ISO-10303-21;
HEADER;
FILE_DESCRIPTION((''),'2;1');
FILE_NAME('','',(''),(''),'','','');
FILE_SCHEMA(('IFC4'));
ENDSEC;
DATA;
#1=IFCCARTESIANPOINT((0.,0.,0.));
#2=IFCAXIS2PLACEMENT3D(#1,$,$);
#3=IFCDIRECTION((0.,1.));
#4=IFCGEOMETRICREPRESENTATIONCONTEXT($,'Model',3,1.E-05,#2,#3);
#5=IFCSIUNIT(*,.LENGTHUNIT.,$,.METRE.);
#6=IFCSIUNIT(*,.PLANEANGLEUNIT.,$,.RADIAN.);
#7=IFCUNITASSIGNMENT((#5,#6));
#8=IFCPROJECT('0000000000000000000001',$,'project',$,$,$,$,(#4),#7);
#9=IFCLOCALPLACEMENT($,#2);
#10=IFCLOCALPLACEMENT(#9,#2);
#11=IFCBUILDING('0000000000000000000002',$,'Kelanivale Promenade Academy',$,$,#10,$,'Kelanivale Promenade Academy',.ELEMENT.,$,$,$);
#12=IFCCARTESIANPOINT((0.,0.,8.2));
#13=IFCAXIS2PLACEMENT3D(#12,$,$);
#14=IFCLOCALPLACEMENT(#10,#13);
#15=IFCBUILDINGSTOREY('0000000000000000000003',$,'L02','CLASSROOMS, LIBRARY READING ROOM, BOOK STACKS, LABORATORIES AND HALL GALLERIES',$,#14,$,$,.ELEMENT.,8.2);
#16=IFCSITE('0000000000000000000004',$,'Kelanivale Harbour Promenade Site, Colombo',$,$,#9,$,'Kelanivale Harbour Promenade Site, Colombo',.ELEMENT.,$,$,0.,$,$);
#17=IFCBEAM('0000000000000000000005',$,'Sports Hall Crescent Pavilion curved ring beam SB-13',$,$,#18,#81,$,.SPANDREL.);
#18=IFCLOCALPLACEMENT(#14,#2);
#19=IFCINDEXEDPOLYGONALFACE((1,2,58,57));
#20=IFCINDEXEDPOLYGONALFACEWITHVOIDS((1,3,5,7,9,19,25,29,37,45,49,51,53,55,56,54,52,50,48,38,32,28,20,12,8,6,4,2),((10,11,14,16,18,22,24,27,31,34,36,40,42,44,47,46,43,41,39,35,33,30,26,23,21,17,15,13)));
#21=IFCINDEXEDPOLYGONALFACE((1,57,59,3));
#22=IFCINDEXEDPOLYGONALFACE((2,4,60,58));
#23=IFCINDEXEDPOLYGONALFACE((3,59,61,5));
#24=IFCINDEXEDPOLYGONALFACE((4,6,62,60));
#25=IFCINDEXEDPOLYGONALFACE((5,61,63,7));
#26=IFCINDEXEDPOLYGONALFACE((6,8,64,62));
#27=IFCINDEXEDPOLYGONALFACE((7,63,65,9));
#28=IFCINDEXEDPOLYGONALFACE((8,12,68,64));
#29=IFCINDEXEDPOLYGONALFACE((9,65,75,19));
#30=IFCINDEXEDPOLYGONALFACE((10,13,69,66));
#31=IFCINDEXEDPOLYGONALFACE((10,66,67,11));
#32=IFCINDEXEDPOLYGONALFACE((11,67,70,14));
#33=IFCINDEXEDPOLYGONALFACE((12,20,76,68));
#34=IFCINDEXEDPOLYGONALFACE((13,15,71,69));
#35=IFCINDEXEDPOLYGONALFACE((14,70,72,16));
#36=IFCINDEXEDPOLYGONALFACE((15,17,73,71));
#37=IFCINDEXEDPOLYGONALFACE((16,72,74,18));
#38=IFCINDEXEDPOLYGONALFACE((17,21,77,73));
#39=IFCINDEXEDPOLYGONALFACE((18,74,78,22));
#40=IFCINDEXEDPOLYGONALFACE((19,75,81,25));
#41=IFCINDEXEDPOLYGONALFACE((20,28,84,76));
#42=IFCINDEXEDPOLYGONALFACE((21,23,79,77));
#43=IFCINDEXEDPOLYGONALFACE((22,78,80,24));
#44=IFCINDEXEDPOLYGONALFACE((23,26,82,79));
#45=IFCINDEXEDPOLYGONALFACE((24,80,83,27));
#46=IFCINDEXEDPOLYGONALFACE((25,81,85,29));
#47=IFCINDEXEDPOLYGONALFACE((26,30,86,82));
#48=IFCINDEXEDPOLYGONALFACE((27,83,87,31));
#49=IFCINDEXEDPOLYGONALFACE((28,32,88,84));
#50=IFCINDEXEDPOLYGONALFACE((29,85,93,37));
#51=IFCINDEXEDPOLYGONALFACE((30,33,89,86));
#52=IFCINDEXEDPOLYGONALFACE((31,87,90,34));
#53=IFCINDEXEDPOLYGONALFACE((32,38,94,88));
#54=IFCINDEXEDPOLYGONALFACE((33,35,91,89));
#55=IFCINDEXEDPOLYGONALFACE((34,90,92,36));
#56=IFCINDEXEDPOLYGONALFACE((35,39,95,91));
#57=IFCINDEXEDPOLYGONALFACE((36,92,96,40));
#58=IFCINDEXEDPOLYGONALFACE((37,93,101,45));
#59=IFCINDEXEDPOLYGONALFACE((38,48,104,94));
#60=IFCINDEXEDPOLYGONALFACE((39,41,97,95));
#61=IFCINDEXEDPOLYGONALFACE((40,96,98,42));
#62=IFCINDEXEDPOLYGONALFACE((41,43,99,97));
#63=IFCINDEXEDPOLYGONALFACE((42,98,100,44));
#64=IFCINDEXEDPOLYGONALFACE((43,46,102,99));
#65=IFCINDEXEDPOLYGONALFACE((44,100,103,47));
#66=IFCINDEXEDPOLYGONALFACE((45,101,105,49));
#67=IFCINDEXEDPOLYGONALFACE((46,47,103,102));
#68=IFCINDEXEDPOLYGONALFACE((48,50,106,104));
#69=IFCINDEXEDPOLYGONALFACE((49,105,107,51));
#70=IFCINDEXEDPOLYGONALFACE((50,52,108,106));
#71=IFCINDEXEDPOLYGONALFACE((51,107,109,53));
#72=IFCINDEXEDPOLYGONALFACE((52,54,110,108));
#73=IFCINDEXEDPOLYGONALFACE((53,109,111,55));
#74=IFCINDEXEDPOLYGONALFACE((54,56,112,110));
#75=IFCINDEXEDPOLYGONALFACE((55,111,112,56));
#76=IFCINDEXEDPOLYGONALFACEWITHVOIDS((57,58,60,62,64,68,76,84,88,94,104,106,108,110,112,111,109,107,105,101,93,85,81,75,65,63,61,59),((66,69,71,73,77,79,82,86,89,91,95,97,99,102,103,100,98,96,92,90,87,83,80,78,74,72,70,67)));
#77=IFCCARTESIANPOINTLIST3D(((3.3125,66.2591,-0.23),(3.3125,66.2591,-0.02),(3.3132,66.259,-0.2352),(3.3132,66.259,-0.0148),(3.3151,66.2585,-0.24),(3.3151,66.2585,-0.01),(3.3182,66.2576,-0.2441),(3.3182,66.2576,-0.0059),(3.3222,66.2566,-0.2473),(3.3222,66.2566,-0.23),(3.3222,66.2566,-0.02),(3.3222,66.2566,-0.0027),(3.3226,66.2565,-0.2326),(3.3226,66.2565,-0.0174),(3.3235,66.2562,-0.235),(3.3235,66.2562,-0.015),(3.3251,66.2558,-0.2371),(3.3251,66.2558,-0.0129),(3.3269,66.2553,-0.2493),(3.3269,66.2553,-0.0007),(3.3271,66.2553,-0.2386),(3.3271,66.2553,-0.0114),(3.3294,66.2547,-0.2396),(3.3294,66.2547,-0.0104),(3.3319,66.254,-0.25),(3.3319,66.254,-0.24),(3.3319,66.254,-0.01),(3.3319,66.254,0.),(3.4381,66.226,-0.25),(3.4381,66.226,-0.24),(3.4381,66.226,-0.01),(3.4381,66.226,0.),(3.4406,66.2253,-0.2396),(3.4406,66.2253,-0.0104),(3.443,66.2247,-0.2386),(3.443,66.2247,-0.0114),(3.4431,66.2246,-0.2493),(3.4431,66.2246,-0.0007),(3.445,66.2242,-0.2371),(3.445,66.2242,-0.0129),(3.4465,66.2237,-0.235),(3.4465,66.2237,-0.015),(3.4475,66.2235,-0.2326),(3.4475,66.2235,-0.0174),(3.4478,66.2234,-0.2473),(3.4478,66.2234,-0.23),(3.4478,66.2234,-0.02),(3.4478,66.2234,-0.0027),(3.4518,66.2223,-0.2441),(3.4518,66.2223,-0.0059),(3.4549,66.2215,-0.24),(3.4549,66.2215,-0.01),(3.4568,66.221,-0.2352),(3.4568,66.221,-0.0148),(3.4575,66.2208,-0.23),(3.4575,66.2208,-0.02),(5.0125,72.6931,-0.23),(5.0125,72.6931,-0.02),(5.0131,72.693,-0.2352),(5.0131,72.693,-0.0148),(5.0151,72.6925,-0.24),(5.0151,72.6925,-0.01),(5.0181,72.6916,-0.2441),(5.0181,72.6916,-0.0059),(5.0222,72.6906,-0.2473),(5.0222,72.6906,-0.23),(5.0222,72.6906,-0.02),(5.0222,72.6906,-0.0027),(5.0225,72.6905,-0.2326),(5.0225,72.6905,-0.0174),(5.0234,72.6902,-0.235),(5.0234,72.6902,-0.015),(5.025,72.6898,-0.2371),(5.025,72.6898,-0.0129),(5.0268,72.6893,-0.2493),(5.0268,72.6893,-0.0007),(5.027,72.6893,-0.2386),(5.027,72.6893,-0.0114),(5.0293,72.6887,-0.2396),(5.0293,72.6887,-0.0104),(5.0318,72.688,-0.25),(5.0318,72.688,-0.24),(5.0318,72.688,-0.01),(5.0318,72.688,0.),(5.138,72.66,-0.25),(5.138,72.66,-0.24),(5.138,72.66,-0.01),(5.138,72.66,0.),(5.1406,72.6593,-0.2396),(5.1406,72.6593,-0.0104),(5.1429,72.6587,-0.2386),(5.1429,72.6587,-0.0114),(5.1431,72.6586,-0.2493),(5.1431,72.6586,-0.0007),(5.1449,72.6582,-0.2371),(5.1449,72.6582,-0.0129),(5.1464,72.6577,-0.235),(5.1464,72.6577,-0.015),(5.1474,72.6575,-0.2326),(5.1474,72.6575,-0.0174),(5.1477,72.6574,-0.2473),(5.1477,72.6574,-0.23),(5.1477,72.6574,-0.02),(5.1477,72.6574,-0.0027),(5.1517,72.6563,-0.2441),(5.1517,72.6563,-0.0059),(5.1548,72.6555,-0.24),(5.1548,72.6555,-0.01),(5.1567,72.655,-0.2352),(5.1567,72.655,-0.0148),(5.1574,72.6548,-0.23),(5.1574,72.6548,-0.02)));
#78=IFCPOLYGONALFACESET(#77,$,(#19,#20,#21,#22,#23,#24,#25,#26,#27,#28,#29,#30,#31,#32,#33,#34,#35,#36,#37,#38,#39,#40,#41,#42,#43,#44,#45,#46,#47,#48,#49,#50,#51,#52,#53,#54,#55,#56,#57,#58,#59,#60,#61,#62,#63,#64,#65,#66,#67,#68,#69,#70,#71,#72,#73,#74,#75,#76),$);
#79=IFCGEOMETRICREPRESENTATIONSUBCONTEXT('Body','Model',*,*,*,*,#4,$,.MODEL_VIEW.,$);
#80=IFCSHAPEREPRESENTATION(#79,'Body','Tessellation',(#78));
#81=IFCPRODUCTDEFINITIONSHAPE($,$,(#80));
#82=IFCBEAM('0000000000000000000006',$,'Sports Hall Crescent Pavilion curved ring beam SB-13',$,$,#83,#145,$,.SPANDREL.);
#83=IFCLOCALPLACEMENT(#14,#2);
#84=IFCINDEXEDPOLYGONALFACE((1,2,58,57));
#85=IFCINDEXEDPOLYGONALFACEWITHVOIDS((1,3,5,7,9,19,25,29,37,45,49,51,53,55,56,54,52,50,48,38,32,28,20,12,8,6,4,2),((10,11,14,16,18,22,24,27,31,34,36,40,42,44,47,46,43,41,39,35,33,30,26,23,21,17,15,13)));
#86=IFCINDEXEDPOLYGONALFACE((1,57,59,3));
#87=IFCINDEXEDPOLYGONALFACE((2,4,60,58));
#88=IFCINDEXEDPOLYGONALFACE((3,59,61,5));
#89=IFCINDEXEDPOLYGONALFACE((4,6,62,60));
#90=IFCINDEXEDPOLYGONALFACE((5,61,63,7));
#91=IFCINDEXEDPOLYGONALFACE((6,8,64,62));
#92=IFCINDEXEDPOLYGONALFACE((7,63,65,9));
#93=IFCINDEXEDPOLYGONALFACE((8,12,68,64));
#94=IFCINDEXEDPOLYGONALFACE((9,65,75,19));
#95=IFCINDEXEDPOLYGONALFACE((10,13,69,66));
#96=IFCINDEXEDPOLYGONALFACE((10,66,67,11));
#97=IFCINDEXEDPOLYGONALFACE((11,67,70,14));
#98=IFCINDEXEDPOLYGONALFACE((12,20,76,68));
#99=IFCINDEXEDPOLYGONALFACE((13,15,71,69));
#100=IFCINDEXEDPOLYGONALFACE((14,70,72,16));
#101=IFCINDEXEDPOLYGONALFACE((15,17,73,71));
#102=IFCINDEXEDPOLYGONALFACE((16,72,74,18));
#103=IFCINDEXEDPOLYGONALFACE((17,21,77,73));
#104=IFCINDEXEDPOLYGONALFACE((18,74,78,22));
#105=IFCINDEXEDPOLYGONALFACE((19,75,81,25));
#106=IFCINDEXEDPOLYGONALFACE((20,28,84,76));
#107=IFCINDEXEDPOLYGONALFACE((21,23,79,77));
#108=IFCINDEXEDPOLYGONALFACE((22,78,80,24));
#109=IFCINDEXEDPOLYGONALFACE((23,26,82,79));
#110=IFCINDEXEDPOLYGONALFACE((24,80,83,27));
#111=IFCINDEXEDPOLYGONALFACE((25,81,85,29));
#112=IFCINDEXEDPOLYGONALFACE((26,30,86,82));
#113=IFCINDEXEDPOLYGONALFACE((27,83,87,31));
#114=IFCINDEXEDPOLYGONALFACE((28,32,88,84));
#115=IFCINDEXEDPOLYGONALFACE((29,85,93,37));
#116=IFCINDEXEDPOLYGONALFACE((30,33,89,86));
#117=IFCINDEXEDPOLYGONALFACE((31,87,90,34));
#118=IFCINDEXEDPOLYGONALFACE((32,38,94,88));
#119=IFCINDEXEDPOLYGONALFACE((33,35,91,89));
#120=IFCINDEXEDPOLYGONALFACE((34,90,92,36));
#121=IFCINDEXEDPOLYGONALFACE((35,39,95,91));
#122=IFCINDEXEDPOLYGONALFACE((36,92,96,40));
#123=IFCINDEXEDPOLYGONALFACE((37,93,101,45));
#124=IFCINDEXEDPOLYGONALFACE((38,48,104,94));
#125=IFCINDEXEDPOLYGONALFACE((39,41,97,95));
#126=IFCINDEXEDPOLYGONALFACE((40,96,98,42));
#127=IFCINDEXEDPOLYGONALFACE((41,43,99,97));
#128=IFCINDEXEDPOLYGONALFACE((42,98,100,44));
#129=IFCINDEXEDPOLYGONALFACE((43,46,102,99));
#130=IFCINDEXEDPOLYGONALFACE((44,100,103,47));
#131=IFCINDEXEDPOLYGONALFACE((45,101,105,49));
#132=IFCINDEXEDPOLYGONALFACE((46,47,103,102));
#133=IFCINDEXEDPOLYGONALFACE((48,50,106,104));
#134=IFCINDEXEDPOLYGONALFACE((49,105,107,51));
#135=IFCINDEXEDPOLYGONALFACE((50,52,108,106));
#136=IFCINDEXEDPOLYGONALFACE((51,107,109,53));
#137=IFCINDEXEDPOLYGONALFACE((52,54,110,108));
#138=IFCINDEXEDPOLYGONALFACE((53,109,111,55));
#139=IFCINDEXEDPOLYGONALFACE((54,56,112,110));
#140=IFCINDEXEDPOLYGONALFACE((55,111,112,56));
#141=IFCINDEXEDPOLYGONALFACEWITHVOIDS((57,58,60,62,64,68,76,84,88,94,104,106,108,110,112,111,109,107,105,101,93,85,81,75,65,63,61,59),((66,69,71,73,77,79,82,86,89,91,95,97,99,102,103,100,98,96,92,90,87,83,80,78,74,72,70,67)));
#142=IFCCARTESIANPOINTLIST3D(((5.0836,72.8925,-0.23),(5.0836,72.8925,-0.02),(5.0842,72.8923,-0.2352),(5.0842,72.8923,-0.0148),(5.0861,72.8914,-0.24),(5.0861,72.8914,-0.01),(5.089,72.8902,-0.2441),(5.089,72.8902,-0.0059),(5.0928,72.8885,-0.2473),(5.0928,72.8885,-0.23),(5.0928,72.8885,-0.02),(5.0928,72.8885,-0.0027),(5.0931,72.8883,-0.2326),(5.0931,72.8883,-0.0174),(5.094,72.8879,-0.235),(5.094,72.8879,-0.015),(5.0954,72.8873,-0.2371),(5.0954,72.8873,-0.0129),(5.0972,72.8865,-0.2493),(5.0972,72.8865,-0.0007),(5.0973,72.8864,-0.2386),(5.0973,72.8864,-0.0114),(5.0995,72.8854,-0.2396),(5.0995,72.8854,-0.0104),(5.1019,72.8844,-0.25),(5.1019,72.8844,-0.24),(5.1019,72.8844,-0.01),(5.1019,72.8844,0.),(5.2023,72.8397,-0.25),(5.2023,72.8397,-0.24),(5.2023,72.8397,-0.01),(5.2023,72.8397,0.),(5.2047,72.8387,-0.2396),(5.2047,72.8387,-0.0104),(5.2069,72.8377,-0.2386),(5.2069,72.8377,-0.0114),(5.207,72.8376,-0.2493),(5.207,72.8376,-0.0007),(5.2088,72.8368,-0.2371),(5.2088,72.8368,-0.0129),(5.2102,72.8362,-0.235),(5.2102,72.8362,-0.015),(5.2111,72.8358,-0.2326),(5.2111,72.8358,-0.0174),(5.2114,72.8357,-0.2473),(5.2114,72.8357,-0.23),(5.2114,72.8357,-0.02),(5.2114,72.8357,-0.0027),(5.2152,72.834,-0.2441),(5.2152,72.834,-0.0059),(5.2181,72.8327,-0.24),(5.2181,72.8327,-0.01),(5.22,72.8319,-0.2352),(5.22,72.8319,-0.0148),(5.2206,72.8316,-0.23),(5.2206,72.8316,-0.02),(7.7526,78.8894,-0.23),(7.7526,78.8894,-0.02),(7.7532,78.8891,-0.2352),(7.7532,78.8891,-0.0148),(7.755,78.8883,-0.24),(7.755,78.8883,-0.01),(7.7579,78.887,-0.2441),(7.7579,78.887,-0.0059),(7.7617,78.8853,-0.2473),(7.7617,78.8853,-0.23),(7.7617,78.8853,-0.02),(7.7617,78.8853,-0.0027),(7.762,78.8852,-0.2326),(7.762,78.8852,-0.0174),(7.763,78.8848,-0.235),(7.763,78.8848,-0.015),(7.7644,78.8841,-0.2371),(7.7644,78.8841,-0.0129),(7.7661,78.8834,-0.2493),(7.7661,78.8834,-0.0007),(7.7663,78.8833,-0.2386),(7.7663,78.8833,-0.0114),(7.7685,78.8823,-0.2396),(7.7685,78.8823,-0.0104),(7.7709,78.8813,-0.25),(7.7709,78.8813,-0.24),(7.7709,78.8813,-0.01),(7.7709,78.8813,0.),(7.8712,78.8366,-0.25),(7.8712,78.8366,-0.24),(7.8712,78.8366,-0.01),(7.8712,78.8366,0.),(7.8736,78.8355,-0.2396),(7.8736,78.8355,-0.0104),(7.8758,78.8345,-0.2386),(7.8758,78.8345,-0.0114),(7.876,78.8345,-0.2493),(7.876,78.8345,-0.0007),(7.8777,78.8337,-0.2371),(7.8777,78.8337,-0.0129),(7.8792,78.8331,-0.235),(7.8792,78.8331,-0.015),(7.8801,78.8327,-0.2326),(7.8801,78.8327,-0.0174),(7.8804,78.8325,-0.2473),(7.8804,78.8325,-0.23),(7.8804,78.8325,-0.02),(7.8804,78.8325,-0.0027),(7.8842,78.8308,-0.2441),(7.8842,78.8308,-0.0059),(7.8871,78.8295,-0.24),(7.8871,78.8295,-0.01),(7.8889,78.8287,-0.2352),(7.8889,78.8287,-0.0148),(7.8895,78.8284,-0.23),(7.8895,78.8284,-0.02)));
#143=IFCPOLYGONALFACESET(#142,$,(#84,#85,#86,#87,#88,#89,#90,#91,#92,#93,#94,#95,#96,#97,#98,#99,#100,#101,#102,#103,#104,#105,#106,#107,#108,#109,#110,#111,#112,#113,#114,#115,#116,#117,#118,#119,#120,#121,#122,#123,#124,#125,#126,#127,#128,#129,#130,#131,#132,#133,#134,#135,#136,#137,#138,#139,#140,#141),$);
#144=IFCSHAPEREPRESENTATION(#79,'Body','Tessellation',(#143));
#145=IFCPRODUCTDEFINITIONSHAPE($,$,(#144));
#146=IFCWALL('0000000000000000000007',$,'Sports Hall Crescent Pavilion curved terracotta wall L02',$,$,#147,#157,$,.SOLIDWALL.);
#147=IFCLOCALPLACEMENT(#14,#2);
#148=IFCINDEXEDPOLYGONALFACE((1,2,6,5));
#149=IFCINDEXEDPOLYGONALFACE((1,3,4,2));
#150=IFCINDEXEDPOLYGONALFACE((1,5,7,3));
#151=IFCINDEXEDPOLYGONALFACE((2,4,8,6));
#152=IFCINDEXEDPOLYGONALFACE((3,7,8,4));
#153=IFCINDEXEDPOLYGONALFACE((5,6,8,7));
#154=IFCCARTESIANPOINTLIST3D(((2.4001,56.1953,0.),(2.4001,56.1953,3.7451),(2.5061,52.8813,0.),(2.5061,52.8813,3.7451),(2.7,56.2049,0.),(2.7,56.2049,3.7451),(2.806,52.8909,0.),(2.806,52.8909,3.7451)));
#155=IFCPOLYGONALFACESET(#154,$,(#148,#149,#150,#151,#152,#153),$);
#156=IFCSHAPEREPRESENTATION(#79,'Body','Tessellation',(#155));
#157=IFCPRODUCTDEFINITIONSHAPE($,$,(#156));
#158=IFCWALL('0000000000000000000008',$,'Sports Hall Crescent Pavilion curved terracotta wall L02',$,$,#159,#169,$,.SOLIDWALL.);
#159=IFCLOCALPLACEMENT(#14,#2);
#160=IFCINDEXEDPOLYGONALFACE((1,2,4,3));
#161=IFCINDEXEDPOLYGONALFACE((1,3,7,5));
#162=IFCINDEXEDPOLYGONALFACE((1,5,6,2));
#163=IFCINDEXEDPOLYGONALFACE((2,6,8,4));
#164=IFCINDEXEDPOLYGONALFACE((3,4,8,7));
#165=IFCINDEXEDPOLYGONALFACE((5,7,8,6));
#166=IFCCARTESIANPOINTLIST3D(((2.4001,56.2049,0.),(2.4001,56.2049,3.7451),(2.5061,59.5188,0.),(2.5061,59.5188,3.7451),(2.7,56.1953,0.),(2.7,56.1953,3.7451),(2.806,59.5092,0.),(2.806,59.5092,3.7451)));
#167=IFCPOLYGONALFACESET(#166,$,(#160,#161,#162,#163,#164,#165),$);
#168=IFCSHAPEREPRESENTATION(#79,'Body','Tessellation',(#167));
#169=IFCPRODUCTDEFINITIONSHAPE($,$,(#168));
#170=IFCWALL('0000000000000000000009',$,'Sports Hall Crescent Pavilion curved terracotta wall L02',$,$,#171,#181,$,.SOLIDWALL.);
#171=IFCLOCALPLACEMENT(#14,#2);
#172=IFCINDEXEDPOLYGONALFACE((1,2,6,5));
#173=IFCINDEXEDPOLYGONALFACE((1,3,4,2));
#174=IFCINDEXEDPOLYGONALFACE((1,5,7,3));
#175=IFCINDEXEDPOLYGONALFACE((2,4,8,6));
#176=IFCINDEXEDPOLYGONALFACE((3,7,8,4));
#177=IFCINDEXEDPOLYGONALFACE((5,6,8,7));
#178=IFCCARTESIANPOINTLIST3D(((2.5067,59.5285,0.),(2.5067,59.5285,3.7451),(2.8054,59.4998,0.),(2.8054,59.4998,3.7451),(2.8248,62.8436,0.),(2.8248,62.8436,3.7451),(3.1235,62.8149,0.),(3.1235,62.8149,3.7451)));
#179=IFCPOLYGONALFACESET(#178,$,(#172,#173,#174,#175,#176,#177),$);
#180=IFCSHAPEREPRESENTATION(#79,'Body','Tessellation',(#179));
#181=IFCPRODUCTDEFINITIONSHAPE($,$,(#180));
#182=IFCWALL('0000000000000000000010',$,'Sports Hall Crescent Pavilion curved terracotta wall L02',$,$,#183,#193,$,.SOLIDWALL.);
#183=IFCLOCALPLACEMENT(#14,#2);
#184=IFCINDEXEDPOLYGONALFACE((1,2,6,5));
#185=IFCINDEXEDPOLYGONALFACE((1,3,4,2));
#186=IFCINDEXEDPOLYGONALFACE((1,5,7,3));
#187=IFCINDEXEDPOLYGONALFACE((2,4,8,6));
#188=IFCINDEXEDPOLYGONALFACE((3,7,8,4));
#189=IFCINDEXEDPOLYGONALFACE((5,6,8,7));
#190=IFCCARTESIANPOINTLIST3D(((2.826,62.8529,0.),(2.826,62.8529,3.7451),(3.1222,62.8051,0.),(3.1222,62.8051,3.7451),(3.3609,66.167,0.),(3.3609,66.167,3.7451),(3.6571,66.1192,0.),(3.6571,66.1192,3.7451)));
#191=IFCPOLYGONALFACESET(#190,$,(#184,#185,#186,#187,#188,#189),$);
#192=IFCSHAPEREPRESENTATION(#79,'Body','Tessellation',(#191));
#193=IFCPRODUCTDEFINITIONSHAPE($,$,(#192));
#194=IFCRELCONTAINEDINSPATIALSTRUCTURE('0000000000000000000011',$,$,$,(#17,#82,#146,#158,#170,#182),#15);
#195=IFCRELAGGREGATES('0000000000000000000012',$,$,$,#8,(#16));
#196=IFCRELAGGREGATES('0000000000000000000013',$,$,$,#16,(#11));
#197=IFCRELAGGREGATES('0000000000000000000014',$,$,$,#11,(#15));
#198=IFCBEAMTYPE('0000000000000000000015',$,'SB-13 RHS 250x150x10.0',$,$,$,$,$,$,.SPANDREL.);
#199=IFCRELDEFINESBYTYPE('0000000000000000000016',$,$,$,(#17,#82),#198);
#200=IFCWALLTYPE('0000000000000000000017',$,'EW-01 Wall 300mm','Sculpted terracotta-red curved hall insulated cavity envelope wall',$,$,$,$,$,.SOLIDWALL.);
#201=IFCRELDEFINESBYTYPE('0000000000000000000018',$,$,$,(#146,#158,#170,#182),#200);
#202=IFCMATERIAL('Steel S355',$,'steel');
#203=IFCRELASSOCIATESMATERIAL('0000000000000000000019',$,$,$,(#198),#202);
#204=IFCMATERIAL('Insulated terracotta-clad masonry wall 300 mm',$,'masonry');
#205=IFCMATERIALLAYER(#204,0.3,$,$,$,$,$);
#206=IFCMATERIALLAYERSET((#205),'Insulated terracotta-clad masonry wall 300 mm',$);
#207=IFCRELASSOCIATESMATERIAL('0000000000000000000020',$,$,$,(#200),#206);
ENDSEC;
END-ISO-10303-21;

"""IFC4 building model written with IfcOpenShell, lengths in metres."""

from ifc_helpers import new_model, si_unit, direction, frame, frame_2d, origin, origin_2d, place, context, subcontext, project, spatial, rectangle, hollow_rectangle, extrude, material, layer, layer_set, material_profile, profile_set, type_object, element, save


model = new_model("IFC4")

# Units and contexts
model_context = context("Model", 3, precision=1e-05, world=origin(), true_north=direction((0.0, 1.0)))
body_context = subcontext(model_context, "Body", "Model", "MODEL_VIEW")
ifc_project = project(units=[si_unit("LENGTHUNIT", "METRE"), si_unit("PLANEANGLEUNIT", "RADIAN")], contexts=[model_context])

# Site, building, storey
site_placement = place(None, origin())
site = spatial("IfcSite", under=ifc_project, at=site_placement, Name="Kelanivale Harbour Promenade Site, Colombo", LongName="Kelanivale Harbour Promenade Site, Colombo", CompositionType="ELEMENT", RefElevation=0.0)
building_placement = place(site_placement, origin())
building = spatial("IfcBuilding", under=site, at=building_placement, Name="Kelanivale Promenade Academy", LongName="Kelanivale Promenade Academy", CompositionType="ELEMENT")
storey_placement = place(building_placement, frame((0.0, 0.0, 8.2)))
storey = spatial("IfcBuildingStorey", under=building, at=storey_placement, Name="L02", Description="CLASSROOMS, LIBRARY READING ROOM, BOOK STACKS, LABORATORIES AND HALL GALLERIES", CompositionType="ELEMENT", Elevation=8.2)

# Shared definitions
ifc_material_1 = material(Name="Steel S355", Category="steel")

# Beams
ifc_material_profile_1 = material_profile(ifc_material_1, hollow_rectangle(XDim=0.1499, YDim=0.25, WallThickness=0.01, InnerFilletRadius=0.01, OuterFilletRadius=0.02, at=origin_2d()), Name="RHS 250x150x10.0")
ifc_profile_set_1 = profile_set([ifc_material_profile_1], Name="Steel S355")
beam_type = type_object("IfcBeamType", Name="SB-13 RHS 250x150x10.0", PredefinedType="SPANDREL", material=ifc_profile_set_1)
beam_1_placement = place(storey_placement, frame((3.385, 66.24, -0.125), z_axis=(0.255445, 0.966824, 0.0), x_axis=(-0.966824, 0.255445, 0.0)))
element("IfcBeam", 1, at=beam_1_placement, inside=storey, type_object=beam_type, Name="Sports Hall Crescent Pavilion curved ring beam SB-13", PredefinedType="SPANDREL", context=body_context, shape_type="SweptSolid", body=[
    extrude(hollow_rectangle(XDim=0.1499, YDim=0.25, WallThickness=0.01, InnerFilletRadius=0.01, OuterFilletRadius=0.02, at=origin_2d()), origin(), (0.0, 0.0, 1.0), 6.6548),
])
beam_2_placement = place(storey_placement, frame((5.1521, 72.8621, -0.125), z_axis=(0.406608, 0.913603, 0.0), x_axis=(-0.913603, 0.406608, 0.0)))
element("IfcBeam", 2, at=beam_2_placement, inside=storey, type_object=beam_type, Name="Sports Hall Crescent Pavilion curved ring beam SB-13", PredefinedType="SPANDREL", context=body_context, shape_type="SweptSolid", body=[
    extrude(hollow_rectangle(XDim=0.1499, YDim=0.25, WallThickness=0.01, InnerFilletRadius=0.01, OuterFilletRadius=0.02, at=origin_2d()), origin(), (0.0, 0.0, 1.0), 6.564),
])

# Walls
ifc_material_2 = material(Name="Insulated terracotta-clad masonry wall 300 mm", Category="masonry")
ifc_layer_1 = layer(ifc_material_2, 0.3)
ifc_layer_set_1 = layer_set([ifc_layer_1], Name="Insulated terracotta-clad masonry wall 300 mm")
wall_type = type_object("IfcWallType", Name="EW-01 Wall 300mm", Description="Sculpted terracotta-red curved hall insulated cavity envelope wall", PredefinedType="SOLIDWALL", material=ifc_layer_set_1)
for number, where, z_axis, x_axis, name in (
    (3, (2.55, 56.2, 0.0), (0.0, 0.0, 1.0), (0.031957, -0.999489, 0.0), "Sports Hall Crescent Pavilion curved terracotta wall L02"),
    (4, (2.656, 59.5139, 0.0), (0.0, 0.0, 1.0), (-0.031957, -0.999489, 0.0), "Sports Hall Crescent Pavilion curved terracotta wall L02"),
):
    element("IfcWall", number, at=place(storey_placement, frame(where, z_axis=z_axis, x_axis=x_axis)), inside=storey, type_object=wall_type, Name=name, PredefinedType="SOLIDWALL", context=body_context, shape_type="SweptSolid", body=[
        extrude(rectangle(XDim=3.3157, YDim=0.3, at=frame_2d((1.6577, 0.0))), origin(), (0.0, 0.0, 1.0), 3.7451),
    ])
wall_1_placement = place(storey_placement, frame((2.9741, 62.8291, 0.0), z_axis=(0.0, 0.0, 1.0), x_axis=(-0.095518, -0.995428, 0.0)))
element("IfcWall", 5, at=wall_1_placement, inside=storey, type_object=wall_type, Name="Sports Hall Crescent Pavilion curved terracotta wall L02", PredefinedType="SOLIDWALL", context=body_context, shape_type="SweptSolid", body=[
    extrude(rectangle(XDim=3.3303, YDim=0.3, at=frame_2d((1.665, 0.0))), origin(), (0.0, 0.0, 1.0), 3.7451),
])
wall_2_placement = place(storey_placement, frame((3.509, 66.1431, 0.0), z_axis=(0.0, 0.0, 1.0), x_axis=(-0.159349, -0.987222, 0.0)))
element("IfcWall", 6, at=wall_2_placement, inside=storey, type_object=wall_type, Name="Sports Hall Crescent Pavilion curved terracotta wall L02", PredefinedType="SOLIDWALL", context=body_context, shape_type="SweptSolid", body=[
    extrude(rectangle(XDim=3.3569, YDim=0.3, at=frame_2d((1.6785, 0.0))), origin(), (0.0, 0.0, 1.0), 3.7451),
])

save(model, "model.ifc")
